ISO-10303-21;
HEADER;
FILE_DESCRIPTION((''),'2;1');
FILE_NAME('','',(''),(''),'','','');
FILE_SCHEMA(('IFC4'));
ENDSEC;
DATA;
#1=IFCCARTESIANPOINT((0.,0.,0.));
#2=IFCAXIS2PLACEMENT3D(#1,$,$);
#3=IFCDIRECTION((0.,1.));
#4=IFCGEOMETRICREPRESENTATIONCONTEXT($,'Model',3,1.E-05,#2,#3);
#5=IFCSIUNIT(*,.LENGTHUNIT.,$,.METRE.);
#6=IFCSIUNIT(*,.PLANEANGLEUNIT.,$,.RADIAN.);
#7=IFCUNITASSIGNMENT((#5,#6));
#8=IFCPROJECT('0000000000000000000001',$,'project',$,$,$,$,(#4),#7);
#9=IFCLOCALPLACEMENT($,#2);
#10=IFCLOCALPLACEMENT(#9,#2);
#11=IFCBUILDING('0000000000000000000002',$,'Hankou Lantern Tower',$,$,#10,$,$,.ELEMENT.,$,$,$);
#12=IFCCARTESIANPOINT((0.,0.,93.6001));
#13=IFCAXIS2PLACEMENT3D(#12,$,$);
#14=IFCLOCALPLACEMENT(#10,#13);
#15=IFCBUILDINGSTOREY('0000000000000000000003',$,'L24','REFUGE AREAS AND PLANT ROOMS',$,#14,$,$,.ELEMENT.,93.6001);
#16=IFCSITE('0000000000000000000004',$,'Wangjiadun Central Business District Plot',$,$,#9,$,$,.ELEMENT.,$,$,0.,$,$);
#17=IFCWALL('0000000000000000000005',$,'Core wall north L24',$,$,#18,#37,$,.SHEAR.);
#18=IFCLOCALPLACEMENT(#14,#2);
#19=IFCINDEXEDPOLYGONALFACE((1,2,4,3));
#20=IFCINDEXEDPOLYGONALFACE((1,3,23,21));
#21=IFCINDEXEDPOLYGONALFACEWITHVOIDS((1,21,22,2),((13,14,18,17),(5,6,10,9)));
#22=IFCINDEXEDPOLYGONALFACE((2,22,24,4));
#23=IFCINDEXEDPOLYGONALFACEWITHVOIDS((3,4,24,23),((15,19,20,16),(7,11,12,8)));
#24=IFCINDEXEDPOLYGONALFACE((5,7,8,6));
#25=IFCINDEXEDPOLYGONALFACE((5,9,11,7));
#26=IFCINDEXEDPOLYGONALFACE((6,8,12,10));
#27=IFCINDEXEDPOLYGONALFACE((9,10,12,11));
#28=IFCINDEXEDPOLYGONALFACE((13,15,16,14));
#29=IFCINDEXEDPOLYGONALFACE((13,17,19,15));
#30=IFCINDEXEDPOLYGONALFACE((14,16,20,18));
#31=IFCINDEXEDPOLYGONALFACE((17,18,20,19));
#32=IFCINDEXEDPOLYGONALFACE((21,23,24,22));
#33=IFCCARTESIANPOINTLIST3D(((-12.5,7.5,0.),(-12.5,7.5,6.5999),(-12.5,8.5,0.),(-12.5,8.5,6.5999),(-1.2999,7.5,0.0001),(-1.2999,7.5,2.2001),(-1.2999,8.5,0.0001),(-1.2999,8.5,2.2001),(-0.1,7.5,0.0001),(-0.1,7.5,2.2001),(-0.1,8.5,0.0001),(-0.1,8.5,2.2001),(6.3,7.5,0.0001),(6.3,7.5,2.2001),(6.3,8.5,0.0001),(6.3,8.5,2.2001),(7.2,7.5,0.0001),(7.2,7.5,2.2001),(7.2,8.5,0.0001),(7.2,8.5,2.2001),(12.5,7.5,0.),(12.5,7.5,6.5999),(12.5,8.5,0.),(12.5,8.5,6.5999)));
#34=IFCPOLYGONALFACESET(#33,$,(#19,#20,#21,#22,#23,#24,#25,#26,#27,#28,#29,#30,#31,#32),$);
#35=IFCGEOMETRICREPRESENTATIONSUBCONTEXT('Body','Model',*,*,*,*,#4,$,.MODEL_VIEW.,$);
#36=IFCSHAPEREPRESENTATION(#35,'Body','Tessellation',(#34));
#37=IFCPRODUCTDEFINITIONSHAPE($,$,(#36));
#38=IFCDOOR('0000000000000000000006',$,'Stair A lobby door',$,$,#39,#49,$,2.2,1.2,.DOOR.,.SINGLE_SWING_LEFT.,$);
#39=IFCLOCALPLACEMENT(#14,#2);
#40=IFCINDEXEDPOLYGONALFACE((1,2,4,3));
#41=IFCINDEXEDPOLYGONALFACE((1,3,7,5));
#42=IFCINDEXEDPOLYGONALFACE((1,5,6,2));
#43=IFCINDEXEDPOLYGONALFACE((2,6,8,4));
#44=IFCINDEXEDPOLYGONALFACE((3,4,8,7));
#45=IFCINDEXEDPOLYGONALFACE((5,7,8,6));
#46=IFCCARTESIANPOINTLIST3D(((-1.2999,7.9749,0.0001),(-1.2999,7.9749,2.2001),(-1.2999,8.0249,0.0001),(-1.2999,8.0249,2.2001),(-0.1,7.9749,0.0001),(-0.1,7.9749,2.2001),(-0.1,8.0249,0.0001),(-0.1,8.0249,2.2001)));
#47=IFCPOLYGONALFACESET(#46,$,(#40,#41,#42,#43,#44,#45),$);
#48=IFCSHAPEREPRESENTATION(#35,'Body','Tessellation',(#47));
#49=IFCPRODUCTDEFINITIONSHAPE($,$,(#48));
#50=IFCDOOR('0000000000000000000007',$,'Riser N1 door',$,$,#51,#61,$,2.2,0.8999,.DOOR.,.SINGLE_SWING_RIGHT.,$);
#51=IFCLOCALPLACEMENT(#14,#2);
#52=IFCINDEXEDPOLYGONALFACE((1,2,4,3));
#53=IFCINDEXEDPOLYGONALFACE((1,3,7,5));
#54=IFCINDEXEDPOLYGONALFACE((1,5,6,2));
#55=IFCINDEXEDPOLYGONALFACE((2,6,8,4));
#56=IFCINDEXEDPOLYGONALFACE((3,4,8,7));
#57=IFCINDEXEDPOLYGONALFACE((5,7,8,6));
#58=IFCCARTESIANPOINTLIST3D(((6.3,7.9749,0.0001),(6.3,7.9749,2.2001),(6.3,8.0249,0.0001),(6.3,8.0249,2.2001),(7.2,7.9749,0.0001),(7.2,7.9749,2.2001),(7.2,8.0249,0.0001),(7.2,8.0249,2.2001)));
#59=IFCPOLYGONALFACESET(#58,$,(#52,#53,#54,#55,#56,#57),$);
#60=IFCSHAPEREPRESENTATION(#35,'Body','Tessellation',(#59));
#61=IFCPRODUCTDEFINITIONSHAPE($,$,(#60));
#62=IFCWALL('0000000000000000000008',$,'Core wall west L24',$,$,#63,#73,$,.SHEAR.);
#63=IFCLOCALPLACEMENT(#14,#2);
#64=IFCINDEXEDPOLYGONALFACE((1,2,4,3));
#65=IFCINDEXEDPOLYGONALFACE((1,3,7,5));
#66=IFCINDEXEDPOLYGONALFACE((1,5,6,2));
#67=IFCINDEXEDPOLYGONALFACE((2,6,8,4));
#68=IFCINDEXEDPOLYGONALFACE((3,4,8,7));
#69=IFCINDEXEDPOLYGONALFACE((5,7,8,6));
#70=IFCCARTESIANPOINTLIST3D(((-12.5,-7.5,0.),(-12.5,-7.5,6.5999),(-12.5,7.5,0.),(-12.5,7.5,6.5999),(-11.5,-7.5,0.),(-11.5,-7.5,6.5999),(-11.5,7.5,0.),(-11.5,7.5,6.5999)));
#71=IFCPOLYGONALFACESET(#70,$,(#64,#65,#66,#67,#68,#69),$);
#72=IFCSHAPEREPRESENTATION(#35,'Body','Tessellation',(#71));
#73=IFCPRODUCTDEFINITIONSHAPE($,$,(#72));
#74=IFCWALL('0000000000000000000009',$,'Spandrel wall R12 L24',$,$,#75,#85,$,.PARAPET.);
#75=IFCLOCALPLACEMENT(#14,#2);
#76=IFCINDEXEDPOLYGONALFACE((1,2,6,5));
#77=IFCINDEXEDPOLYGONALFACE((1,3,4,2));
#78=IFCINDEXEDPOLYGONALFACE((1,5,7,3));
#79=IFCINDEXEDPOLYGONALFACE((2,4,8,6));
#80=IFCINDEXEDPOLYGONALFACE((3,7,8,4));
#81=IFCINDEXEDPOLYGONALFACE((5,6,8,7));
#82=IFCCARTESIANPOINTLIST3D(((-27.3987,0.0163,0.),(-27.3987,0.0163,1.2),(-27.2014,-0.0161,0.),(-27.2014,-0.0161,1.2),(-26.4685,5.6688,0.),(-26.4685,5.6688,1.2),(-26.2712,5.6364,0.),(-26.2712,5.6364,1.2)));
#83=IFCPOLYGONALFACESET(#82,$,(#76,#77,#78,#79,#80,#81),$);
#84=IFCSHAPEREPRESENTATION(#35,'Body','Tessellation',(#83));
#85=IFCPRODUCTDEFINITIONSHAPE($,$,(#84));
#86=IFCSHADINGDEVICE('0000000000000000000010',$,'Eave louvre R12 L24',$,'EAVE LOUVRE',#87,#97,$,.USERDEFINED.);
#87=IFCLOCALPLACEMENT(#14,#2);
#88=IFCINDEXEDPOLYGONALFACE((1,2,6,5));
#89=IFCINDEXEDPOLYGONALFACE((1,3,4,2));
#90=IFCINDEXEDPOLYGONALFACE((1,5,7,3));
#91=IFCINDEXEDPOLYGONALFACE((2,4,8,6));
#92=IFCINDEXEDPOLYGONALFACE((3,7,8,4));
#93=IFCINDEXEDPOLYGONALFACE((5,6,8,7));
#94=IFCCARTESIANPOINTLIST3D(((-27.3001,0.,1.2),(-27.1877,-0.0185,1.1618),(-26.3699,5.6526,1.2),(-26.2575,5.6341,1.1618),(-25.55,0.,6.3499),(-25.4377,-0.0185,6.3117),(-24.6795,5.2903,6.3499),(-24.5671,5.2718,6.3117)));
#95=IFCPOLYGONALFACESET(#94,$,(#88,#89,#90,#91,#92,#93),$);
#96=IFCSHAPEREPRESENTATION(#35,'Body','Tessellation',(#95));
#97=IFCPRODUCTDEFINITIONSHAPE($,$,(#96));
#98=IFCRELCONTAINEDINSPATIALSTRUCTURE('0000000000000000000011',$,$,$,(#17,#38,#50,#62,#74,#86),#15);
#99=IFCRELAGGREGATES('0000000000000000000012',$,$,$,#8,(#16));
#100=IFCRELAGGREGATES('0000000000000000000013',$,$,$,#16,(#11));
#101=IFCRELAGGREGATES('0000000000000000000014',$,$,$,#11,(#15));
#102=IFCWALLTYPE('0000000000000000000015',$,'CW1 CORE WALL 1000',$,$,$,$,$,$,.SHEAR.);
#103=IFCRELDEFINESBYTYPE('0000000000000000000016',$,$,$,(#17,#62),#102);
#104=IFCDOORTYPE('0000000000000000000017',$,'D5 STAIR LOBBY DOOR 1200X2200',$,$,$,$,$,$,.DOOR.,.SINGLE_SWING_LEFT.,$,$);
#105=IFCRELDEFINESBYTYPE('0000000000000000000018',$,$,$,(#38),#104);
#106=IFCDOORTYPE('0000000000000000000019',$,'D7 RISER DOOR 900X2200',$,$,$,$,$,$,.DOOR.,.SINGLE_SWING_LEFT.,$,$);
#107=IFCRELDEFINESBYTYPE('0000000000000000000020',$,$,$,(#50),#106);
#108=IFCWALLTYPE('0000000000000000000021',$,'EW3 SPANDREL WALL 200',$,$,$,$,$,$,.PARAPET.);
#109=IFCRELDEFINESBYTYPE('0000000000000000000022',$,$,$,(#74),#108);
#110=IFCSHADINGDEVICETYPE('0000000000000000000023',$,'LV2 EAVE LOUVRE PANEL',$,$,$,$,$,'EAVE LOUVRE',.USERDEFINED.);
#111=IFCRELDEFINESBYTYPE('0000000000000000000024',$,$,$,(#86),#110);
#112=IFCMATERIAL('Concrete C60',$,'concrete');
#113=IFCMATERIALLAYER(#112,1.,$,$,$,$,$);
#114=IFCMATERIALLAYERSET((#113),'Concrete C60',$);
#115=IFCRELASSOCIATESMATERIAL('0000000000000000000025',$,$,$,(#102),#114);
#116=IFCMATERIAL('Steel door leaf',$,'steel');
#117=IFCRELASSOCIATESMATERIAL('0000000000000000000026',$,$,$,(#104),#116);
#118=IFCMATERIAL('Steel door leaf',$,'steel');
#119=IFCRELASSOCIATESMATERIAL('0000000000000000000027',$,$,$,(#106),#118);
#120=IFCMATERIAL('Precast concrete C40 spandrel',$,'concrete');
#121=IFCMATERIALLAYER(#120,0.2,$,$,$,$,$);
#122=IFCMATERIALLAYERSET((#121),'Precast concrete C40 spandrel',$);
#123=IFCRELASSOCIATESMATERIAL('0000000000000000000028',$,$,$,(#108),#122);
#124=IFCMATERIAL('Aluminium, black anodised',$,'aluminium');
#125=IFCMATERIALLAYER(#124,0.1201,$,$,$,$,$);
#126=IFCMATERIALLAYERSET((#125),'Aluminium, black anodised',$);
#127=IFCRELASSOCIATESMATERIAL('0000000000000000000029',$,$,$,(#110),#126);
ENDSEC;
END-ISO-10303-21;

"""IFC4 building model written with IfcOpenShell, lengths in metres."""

from ifc_helpers import new_model, si_unit, direction, frame, frame_2d, origin, place, context, subcontext, project, spatial, polyline, rectangle, outline, extrude, material, layer, layer_set, type_object, element, fill, save


model = new_model("IFC4")

# Units and contexts
model_context = context("Model", 3, precision=1e-05, world=origin(), true_north=direction((0.0, 1.0)))
body_context = subcontext(model_context, "Body", "Model", "MODEL_VIEW")
ifc_project = project(units=[si_unit("LENGTHUNIT", "METRE"), si_unit("PLANEANGLEUNIT", "RADIAN")], contexts=[model_context])

# Site, building, storey
site_placement = place(None, origin())
site = spatial("IfcSite", under=ifc_project, at=site_placement, Name="Wangjiadun Central Business District Plot", CompositionType="ELEMENT", RefElevation=0.0)
building_placement = place(site_placement, origin())
building = spatial("IfcBuilding", under=site, at=building_placement, Name="Hankou Lantern Tower", CompositionType="ELEMENT")
storey_placement = place(building_placement, frame((0.0, 0.0, 93.6001)))
storey = spatial("IfcBuildingStorey", under=building, at=storey_placement, Name="L24", Description="REFUGE AREAS AND PLANT ROOMS", CompositionType="ELEMENT", Elevation=93.6001)

# Wall, openings, doors
ifc_material_1 = material(Name="Concrete C60", Category="concrete")
ifc_layer_1 = layer(ifc_material_1, 1.0)
ifc_layer_set_1 = layer_set([ifc_layer_1], Name="Concrete C60")
wall_type_1 = type_object("IfcWallType", Name="CW1 CORE WALL 1000", PredefinedType="SHEAR", material=ifc_layer_set_1)
wall_1_placement = place(storey_placement, frame((-12.5, 8.0, 0.0), z_axis=(0.0, 0.0, 1.0), x_axis=(1.0, 0.0, 0.0)))
wall_1 = element("IfcWall", 1, at=wall_1_placement, inside=storey, type_object=wall_type_1, Name="Core wall north L24", PredefinedType="SHEAR", context=body_context, shape_type="SweptSolid", body=[
    extrude(rectangle(XDim=25.0, YDim=1.0, at=frame_2d((12.5, 0.0))), origin(), (0.0, 0.0, 1.0), 6.5999),
])
opening_1_placement = place(wall_1_placement, frame((11.2, 0.0, 0.0)))
opening_1 = element("IfcOpeningElement", 2, at=opening_1_placement, cuts=wall_1, PredefinedType="OPENING", context=body_context, shape_type="SweptSolid", body=[
    extrude(rectangle(XDim=1.2, YDim=2.2, at=frame_2d((0.6001, 1.1001))), frame((0.0, 0.51, 0.0), z_axis=(0.0, -1.0, 0.0), x_axis=(1.0, 0.0, 0.0)), (0.0, 0.0, 1.0), 1.02),
])
opening_2_placement = place(wall_1_placement, frame((18.8, 0.0, 0.0)))
opening_2 = element("IfcOpeningElement", 3, at=opening_2_placement, cuts=wall_1, PredefinedType="OPENING", context=body_context, shape_type="SweptSolid", body=[
    extrude(rectangle(XDim=0.8999, YDim=2.2, at=frame_2d((0.45, 1.1001))), frame((0.0, 0.51, 0.0), z_axis=(0.0, -1.0, 0.0), x_axis=(1.0, 0.0, 0.0)), (0.0, 0.0, 1.0), 1.02),
])
ifc_material_2 = material(Name="Steel door leaf", Category="steel")
door_type_1 = type_object("IfcDoorType", Name="D5 STAIR LOBBY DOOR 1200X2200", OperationType="SINGLE_SWING_LEFT", PredefinedType="DOOR", material=ifc_material_2)
door_1_placement = place(opening_1_placement, origin())
door_1 = element("IfcDoor", 4, at=door_1_placement, inside=storey, type_object=door_type_1, Name="Stair A lobby door", OperationType="SINGLE_SWING_LEFT", OverallHeight=2.2, OverallWidth=1.2, PredefinedType="DOOR", context=body_context, shape_type="SweptSolid", body=[
    extrude(rectangle(XDim=1.2, YDim=2.2, at=frame_2d((0.6001, 1.1001))), frame((0.0, 0.0249, 0.0), z_axis=(0.0, -1.0, 0.0), x_axis=(1.0, 0.0, 0.0)), (0.0, 0.0, 1.0), 0.05),
])
fill(opening_1, door_1)
ifc_material_3 = material(Name="Steel door leaf", Category="steel")
door_type_2 = type_object("IfcDoorType", Name="D7 RISER DOOR 900X2200", OperationType="SINGLE_SWING_LEFT", PredefinedType="DOOR", material=ifc_material_3)
door_2_placement = place(opening_2_placement, origin())
door_2 = element("IfcDoor", 5, at=door_2_placement, inside=storey, type_object=door_type_2, Name="Riser N1 door", OperationType="SINGLE_SWING_RIGHT", OverallHeight=2.2, OverallWidth=0.8999, PredefinedType="DOOR", context=body_context, shape_type="SweptSolid", body=[
    extrude(rectangle(XDim=0.8999, YDim=2.2, at=frame_2d((0.45, 1.1001))), frame((0.0, 0.0249, 0.0), z_axis=(0.0, -1.0, 0.0), x_axis=(1.0, 0.0, 0.0)), (0.0, 0.0, 1.0), 0.05),
])
fill(opening_2, door_2)

# Walls
wall_2_placement = place(storey_placement, frame((-12.0, 7.5, 0.0), z_axis=(0.0, 0.0, 1.0), x_axis=(0.0, -1.0, 0.0)))
element("IfcWall", 6, at=wall_2_placement, inside=storey, type_object=wall_type_1, Name="Core wall west L24", PredefinedType="SHEAR", context=body_context, shape_type="SweptSolid", body=[
    extrude(rectangle(XDim=15.0, YDim=1.0, at=frame_2d((7.5, 0.0))), origin(), (0.0, 0.0, 1.0), 6.5999),
])
ifc_material_4 = material(Name="Precast concrete C40 spandrel", Category="concrete")
ifc_layer_2 = layer(ifc_material_4, 0.2)
ifc_layer_set_2 = layer_set([ifc_layer_2], Name="Precast concrete C40 spandrel")
wall_type_2 = type_object("IfcWallType", Name="EW3 SPANDREL WALL 200", PredefinedType="PARAPET", material=ifc_layer_set_2)
wall_3_placement = place(storey_placement, frame((-26.3699, 5.6526, 0.0), z_axis=(0.0, 0.0, 1.0), x_axis=(-0.162374, -0.986729, 0.0)))
element("IfcWall", 7, at=wall_3_placement, inside=storey, type_object=wall_type_2, Name="Spandrel wall R12 L24", PredefinedType="PARAPET", context=body_context, shape_type="SweptSolid", body=[
    extrude(rectangle(XDim=5.7285, YDim=0.2, at=frame_2d((2.8643, 0.0))), origin(), (0.0, 0.0, 1.0), 1.2),
])

# Shading device
ifc_material_5 = material(Name="Aluminium, black anodised", Category="aluminium")
ifc_layer_3 = layer(ifc_material_5, 0.1201)
ifc_layer_set_3 = layer_set([ifc_layer_3], Name="Aluminium, black anodised")
shading_device_type = type_object("IfcShadingDeviceType", Name="LV2 EAVE LOUVRE PANEL", ElementType="EAVE LOUVRE", PredefinedType="USERDEFINED", material=ifc_layer_set_3)
shading_device_placement = place(storey_placement, frame((-26.3699, 5.6526, 1.2), z_axis=(-0.935537, 0.153954, 0.317912), x_axis=(-0.162378, -0.986729, 0.000001)))
element("IfcShadingDevice", 8, at=shading_device_placement, inside=storey, type_object=shading_device_type, Name="Eave louvre R12 L24", ObjectType="EAVE LOUVRE", PredefinedType="USERDEFINED", context=body_context, shape_type="SweptSolid", body=[
    extrude(outline(polyline([(0.0, 0.0), (5.7286, 0.0), (5.4445, 5.4317), (0.083, 5.4317), (0.0, 0.0)])), origin(), (0.0, 0.0, -1.0), 0.1201),
])

save(model, "model.ifc")
